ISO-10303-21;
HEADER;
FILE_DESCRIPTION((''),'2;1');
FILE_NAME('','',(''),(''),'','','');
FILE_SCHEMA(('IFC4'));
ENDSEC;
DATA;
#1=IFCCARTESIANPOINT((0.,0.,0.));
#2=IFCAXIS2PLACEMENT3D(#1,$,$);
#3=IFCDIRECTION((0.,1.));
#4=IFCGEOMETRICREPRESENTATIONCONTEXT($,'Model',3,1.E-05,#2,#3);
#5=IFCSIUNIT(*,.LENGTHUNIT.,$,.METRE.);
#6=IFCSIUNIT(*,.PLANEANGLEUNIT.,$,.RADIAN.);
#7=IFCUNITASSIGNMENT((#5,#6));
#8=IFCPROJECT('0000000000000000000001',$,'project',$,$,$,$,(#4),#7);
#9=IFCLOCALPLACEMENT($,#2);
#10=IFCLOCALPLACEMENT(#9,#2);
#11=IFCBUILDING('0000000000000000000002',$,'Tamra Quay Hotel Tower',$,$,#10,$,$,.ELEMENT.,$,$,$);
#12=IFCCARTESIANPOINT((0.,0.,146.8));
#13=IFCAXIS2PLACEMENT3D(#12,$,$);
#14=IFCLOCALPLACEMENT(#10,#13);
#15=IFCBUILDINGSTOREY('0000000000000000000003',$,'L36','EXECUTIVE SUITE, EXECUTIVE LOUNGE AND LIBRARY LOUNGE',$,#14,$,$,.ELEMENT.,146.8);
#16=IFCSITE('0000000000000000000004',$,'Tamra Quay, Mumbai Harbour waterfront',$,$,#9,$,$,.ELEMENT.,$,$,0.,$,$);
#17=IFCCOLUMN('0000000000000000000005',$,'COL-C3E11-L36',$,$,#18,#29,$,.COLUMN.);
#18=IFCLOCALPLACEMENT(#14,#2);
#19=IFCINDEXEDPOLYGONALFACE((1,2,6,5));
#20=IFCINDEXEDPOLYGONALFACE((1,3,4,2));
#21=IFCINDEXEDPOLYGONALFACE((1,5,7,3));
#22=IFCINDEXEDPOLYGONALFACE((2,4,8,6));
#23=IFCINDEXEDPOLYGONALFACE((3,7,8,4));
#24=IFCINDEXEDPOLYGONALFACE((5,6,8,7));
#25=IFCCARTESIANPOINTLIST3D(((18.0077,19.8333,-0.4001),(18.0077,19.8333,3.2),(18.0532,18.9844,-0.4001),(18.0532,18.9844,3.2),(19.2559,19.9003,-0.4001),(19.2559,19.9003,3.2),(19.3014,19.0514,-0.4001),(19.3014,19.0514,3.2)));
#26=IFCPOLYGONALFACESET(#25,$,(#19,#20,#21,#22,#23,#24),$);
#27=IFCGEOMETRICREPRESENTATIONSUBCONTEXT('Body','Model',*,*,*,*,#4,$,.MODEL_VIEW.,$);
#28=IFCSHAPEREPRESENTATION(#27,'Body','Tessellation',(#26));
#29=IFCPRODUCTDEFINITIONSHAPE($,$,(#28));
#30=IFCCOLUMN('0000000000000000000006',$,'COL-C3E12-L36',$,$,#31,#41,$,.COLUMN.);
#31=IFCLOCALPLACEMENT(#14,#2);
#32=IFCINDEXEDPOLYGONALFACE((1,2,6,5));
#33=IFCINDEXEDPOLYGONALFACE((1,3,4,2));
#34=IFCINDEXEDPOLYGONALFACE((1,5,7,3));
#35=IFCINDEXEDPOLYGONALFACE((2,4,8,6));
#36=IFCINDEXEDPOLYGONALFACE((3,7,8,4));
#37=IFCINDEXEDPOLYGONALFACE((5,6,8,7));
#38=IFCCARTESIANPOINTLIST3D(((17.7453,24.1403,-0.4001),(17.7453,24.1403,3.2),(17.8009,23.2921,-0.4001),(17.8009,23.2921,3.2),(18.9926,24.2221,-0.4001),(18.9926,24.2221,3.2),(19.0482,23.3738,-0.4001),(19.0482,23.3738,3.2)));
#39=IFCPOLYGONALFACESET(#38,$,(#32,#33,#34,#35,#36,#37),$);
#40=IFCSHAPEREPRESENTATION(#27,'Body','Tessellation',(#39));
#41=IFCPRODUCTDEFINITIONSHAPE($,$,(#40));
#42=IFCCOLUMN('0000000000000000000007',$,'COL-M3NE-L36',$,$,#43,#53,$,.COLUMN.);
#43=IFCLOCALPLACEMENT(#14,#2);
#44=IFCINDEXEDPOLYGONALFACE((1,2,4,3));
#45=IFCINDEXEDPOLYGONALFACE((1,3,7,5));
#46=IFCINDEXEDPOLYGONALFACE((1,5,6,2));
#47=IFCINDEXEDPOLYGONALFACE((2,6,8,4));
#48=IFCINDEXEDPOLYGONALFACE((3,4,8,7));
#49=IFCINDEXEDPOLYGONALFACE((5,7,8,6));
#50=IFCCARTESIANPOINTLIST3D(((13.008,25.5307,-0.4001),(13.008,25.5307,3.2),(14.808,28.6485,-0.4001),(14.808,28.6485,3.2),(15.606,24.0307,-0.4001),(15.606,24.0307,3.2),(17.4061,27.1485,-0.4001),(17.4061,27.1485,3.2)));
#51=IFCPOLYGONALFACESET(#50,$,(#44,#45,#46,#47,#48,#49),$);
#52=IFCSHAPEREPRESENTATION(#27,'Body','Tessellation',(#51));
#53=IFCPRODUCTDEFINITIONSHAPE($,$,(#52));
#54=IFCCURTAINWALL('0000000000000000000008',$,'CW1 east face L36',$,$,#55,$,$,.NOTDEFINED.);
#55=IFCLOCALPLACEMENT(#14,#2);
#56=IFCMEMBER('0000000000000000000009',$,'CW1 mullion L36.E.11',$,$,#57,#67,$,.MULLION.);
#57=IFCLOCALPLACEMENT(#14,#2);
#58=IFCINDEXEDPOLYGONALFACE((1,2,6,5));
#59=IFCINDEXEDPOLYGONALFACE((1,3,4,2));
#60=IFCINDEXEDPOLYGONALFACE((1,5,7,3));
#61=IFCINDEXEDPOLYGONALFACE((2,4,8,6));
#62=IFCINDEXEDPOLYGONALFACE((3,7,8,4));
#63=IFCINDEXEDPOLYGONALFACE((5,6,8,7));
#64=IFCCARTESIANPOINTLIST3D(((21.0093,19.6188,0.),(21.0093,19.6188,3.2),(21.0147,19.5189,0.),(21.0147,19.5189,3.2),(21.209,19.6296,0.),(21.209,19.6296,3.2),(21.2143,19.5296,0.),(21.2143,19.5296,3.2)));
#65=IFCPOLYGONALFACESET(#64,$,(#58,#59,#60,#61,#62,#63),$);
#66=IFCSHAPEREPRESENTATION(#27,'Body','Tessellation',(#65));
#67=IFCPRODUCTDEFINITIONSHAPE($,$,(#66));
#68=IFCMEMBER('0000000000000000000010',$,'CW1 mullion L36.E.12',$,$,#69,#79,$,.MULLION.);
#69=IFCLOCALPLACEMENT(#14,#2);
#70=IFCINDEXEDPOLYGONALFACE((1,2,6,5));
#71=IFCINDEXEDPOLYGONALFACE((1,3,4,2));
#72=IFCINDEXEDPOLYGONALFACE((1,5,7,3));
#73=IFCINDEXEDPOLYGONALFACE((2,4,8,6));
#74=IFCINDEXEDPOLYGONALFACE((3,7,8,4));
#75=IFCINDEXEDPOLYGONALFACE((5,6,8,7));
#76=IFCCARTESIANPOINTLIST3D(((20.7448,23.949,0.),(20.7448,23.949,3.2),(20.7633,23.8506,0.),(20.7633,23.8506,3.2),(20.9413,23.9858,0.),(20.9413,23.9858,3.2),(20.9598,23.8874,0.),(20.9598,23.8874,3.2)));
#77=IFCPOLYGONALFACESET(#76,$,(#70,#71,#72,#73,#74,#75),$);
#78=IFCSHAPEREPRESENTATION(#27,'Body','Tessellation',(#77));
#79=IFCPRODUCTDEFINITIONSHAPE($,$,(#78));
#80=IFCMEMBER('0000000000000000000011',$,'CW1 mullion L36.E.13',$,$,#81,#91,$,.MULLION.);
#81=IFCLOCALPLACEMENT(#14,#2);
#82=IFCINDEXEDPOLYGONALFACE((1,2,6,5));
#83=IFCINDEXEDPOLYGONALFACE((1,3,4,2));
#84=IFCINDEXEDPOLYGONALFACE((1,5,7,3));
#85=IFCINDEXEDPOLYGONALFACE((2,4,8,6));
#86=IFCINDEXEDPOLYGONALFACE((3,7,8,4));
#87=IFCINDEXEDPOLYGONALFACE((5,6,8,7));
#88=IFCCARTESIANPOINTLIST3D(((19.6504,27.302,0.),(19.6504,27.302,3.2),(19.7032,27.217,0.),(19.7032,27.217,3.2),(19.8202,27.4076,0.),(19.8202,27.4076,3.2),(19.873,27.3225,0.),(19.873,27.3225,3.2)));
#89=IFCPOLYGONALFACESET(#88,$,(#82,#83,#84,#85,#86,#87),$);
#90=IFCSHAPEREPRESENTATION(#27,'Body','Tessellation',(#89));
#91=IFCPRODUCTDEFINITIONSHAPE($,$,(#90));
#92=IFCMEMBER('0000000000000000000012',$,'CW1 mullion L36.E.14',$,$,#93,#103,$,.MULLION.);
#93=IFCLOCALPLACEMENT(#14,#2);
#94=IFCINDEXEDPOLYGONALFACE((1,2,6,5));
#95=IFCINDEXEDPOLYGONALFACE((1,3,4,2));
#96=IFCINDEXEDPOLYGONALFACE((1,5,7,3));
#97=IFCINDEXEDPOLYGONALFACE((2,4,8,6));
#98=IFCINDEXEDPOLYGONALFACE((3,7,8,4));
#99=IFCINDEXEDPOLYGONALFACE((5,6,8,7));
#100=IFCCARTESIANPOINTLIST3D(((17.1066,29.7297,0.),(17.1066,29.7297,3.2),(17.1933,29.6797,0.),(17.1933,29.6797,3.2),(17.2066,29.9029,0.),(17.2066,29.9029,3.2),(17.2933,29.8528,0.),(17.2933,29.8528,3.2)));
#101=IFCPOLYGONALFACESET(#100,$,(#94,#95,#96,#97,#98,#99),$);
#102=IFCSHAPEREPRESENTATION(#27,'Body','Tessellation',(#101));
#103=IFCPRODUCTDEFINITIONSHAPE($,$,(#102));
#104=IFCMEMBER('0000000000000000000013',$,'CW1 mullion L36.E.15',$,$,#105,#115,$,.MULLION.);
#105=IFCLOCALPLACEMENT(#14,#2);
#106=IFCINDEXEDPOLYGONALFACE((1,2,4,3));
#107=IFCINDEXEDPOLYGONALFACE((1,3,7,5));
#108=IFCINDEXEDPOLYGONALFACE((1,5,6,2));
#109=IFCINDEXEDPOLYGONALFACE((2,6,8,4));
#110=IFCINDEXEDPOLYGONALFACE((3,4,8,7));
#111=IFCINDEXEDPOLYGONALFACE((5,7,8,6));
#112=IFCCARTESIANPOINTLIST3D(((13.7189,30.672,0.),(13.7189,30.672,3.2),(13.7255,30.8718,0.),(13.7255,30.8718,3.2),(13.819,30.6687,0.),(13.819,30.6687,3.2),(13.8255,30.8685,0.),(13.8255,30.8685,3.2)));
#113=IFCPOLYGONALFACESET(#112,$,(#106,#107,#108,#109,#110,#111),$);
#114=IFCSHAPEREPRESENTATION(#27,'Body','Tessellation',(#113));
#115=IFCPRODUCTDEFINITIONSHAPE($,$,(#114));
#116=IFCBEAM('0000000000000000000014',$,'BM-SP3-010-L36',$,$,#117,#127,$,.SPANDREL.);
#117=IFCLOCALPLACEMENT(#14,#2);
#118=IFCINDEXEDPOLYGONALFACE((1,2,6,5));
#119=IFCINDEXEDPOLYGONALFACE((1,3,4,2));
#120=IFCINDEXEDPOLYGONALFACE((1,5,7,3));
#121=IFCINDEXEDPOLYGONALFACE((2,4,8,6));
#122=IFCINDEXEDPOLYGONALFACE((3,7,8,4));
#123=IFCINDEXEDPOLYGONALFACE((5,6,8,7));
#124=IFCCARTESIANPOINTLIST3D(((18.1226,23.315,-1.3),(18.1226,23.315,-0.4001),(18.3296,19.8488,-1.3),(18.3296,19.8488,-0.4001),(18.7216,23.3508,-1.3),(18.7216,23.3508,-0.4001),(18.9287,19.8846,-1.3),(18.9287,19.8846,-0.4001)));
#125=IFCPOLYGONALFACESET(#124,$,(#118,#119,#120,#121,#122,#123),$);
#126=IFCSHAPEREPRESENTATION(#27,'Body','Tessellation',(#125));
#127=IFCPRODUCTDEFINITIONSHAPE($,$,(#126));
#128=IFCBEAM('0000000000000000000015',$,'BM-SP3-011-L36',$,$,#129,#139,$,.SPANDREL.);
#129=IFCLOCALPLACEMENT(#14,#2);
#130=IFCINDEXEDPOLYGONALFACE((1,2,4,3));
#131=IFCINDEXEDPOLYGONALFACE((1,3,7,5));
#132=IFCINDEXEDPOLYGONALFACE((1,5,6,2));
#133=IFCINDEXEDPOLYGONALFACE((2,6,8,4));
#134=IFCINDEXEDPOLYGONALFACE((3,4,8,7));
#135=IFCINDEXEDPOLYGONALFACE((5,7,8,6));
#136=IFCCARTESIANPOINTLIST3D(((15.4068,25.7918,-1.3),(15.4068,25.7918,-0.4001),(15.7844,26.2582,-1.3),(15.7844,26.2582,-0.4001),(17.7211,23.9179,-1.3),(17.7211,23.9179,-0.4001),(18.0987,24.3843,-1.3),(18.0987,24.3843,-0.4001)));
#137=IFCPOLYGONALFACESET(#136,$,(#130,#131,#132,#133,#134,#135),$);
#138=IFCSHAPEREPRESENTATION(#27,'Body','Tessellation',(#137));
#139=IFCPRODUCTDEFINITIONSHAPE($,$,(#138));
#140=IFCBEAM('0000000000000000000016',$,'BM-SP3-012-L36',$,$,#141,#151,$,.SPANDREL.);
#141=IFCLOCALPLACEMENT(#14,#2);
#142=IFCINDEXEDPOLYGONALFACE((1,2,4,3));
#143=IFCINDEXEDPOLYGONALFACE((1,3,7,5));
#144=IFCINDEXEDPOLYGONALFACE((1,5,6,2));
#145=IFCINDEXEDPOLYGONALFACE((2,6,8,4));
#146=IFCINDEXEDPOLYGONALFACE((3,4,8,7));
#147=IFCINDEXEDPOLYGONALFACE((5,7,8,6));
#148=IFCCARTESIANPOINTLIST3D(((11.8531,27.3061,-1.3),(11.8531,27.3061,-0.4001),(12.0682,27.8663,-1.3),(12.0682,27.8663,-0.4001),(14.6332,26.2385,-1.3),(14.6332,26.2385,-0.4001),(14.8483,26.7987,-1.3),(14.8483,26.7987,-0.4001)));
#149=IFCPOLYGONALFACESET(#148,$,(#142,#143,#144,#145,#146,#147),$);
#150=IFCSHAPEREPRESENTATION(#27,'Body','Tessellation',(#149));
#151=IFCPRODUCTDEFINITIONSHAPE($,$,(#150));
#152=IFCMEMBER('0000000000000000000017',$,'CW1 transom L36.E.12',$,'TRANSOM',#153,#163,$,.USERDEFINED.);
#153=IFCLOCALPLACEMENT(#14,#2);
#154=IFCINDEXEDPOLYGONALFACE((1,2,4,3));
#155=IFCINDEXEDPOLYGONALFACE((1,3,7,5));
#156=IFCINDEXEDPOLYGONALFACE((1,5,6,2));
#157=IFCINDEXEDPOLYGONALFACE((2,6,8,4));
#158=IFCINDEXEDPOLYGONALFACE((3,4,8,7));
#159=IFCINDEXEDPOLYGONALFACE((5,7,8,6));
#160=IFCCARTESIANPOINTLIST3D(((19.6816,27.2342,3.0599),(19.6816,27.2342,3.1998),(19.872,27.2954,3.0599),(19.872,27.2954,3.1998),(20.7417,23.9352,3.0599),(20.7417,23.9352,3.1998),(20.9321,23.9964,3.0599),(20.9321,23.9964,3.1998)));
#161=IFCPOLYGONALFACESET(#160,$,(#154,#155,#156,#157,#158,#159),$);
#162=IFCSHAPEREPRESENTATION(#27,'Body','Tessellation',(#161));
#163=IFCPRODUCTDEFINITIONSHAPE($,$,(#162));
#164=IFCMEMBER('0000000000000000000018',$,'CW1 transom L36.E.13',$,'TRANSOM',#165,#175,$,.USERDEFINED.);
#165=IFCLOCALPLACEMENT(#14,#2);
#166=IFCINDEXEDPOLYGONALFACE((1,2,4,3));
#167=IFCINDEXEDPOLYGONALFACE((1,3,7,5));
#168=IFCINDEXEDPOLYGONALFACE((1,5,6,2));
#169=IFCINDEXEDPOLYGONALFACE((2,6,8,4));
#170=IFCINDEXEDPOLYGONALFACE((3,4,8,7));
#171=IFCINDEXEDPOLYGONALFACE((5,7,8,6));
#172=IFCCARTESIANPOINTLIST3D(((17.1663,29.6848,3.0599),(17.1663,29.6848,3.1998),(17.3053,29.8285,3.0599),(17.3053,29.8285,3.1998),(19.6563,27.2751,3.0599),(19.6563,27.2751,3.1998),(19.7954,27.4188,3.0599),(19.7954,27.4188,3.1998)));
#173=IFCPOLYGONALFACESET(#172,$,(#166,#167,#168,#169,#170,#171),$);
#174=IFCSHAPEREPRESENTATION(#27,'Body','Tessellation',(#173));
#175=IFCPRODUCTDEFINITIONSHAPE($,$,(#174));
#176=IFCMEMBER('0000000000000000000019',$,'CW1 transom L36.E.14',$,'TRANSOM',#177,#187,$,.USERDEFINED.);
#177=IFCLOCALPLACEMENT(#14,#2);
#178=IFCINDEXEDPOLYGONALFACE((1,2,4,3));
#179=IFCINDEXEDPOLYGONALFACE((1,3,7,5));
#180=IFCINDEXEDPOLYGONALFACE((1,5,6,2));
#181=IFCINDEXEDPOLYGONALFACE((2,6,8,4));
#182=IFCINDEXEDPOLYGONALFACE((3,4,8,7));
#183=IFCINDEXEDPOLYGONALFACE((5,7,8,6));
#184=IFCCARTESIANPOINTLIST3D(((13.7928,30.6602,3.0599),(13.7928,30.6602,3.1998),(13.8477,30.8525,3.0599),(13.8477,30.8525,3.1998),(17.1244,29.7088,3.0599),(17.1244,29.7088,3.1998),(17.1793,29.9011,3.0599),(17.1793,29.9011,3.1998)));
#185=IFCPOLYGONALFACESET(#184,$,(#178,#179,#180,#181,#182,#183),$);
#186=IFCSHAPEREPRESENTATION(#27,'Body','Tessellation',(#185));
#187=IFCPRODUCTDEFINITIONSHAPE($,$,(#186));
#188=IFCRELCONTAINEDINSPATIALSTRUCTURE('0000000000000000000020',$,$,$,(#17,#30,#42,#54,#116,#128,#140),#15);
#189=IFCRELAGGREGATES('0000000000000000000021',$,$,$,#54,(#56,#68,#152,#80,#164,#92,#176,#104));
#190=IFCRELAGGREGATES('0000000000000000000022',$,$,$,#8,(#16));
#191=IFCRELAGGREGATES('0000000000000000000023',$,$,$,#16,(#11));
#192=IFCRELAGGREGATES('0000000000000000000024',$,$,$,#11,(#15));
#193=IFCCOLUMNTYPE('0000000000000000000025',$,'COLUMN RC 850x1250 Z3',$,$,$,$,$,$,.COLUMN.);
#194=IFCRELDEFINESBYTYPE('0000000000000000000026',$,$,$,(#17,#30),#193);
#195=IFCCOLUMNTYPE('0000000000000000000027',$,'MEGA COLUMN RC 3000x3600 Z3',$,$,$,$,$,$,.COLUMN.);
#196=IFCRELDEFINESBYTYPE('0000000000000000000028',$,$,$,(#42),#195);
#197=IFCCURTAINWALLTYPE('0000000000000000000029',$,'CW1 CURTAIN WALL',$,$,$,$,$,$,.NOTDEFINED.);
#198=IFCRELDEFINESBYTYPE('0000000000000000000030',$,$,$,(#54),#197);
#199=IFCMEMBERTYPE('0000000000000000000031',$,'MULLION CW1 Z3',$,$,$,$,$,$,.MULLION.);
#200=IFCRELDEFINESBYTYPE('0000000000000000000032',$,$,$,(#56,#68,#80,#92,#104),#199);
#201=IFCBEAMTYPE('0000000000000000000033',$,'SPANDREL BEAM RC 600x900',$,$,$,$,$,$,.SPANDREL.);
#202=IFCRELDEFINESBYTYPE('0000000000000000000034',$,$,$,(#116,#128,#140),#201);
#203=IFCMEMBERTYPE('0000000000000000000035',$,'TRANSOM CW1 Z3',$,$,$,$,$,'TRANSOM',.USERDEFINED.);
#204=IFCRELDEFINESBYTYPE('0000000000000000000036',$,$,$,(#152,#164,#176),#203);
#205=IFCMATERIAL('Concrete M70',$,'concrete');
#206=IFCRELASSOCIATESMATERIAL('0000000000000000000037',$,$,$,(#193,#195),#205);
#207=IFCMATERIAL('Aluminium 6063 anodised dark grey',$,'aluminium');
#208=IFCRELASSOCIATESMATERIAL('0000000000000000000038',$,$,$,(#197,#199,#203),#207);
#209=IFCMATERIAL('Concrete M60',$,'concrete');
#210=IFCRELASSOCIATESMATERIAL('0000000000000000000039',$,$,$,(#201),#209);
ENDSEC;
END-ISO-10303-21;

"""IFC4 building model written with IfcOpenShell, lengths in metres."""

from ifc_helpers import new_model, si_unit, direction, frame, origin, origin_2d, place, context, subcontext, project, spatial, rectangle, extrude, material, material_profile, profile_set, type_object, element, aggregate, save


model = new_model("IFC4")

# Units and contexts
model_context = context("Model", 3, precision=1e-05, world=origin(), true_north=direction((0.0, 1.0)))
body_context = subcontext(model_context, "Body", "Model", "MODEL_VIEW")
ifc_project = project(units=[si_unit("LENGTHUNIT", "METRE"), si_unit("PLANEANGLEUNIT", "RADIAN")], contexts=[model_context])

# Site, building, storey
site_placement = place(None, origin())
site = spatial("IfcSite", under=ifc_project, at=site_placement, Name="Tamra Quay, Mumbai Harbour waterfront", CompositionType="ELEMENT", RefElevation=0.0)
building_placement = place(site_placement, origin())
building = spatial("IfcBuilding", under=site, at=building_placement, Name="Tamra Quay Hotel Tower", CompositionType="ELEMENT")
storey_placement = place(building_placement, frame((0.0, 0.0, 146.8)))
storey = spatial("IfcBuildingStorey", under=building, at=storey_placement, Name="L36", Description="EXECUTIVE SUITE, EXECUTIVE LOUNGE AND LIBRARY LOUNGE", CompositionType="ELEMENT", Elevation=146.8)

# Columns
ifc_material_1 = material(Name="Concrete M70", Category="concrete")
ifc_material_profile_1 = material_profile(ifc_material_1, rectangle(XDim=1.25, YDim=0.8501, at=origin_2d()), Name="COLUMN RC 850x1250 Z3")
ifc_profile_set_1 = profile_set([ifc_material_profile_1], Name="Concrete M70")
column_type_1 = type_object("IfcColumnType", Name="COLUMN RC 850x1250 Z3", PredefinedType="COLUMN", material=ifc_profile_set_1)
for number, where, z_axis, x_axis, name in (
    (1, (18.6545, 19.4424, -0.4001), (0.0, 0.0, 1.0), (0.998562, 0.053603, 0.0), "COL-C3E11-L36"),
    (2, (18.3967, 23.7571, -0.4001), (0.0, 0.0, 1.0), (0.997858, 0.065419, 0.0), "COL-C3E12-L36"),
):
    element("IfcColumn", number, at=place(storey_placement, frame(where, z_axis=z_axis, x_axis=x_axis)), inside=storey, type_object=column_type_1, Name=name, PredefinedType="COLUMN", context=body_context, shape_type="SweptSolid", body=[
        extrude(rectangle(XDim=1.25, YDim=0.8501, at=origin_2d()), origin(), (0.0, 0.0, 1.0), 3.6001),
    ])
ifc_material_profile_2 = material_profile(ifc_material_1, rectangle(XDim=3.6001, YDim=3.0, at=origin_2d()), Name="MEGA COLUMN RC 3000x3600 Z3")
ifc_profile_set_2 = profile_set([ifc_material_profile_2], Name="Concrete M70")
column_type_2 = type_object("IfcColumnType", Name="MEGA COLUMN RC 3000x3600 Z3", PredefinedType="COLUMN", material=ifc_profile_set_2)
column_placement = place(storey_placement, frame((15.207, 26.3396, -0.4001), z_axis=(0.0, 0.0, 1.0), x_axis=(0.5, 0.866025, 0.0)))
element("IfcColumn", 3, at=column_placement, inside=storey, type_object=column_type_2, Name="COL-M3NE-L36", PredefinedType="COLUMN", context=body_context, shape_type="SweptSolid", body=[
    extrude(rectangle(XDim=3.6001, YDim=3.0, at=origin_2d()), origin(), (0.0, 0.0, 1.0), 3.6001),
])

# Curtain wall, members
ifc_material_2 = material(Name="Aluminium 6063 anodised dark grey", Category="aluminium")
curtain_wall_type = type_object("IfcCurtainWallType", Name="CW1 CURTAIN WALL", PredefinedType="NOTDEFINED", material=ifc_material_2)
curtain_wall_placement = place(storey_placement, origin())
curtain_wall = element("IfcCurtainWall", 4, at=curtain_wall_placement, inside=storey, type_object=curtain_wall_type, Name="CW1 east face L36", PredefinedType="NOTDEFINED")
ifc_material_profile_3 = material_profile(ifc_material_2, rectangle(XDim=0.2, YDim=0.1001, at=origin_2d()), Name="MULLION 100X200")
ifc_profile_set_3 = profile_set([ifc_material_profile_3], Name="Aluminium 6063 anodised dark grey")
member_type_1 = type_object("IfcMemberType", Name="MULLION CW1 Z3", PredefinedType="MULLION", material=ifc_profile_set_3)
member_1_placement = place(storey_placement, frame((21.1118, 19.5742, 0.0), z_axis=(0.0, 0.0, 1.0), x_axis=(0.998557, 0.053695, 0.0)))
member_1 = element("IfcMember", 5, at=member_1_placement, type_object=member_type_1, Name="CW1 mullion L36.E.11", PredefinedType="MULLION", context=body_context, shape_type="SweptSolid", body=[
    extrude(rectangle(XDim=0.2, YDim=0.1001, at=origin_2d()), origin(), (0.0, 0.0, 1.0), 3.2),
])
member_2_placement = place(storey_placement, frame((20.8523, 23.9182, 0.0), z_axis=(0.0, 0.0, 1.0), x_axis=(0.982883, 0.18423, 0.0)))
member_2 = element("IfcMember", 6, at=member_2_placement, type_object=member_type_1, Name="CW1 mullion L36.E.12", PredefinedType="MULLION", context=body_context, shape_type="SweptSolid", body=[
    extrude(rectangle(XDim=0.2, YDim=0.1001, at=origin_2d()), origin(), (0.0, 0.0, 1.0), 3.2),
])
member_3_placement = place(storey_placement, frame((19.7617, 27.3123, 0.0), z_axis=(0.0, 0.0, 1.0), x_axis=(0.849198, 0.528075, 0.0)))
member_3 = element("IfcMember", 7, at=member_3_placement, type_object=member_type_1, Name="CW1 mullion L36.E.13", PredefinedType="MULLION", context=body_context, shape_type="SweptSolid", body=[
    extrude(rectangle(XDim=0.2, YDim=0.1001, at=origin_2d()), origin(), (0.0, 0.0, 1.0), 3.2),
])
member_4_placement = place(storey_placement, frame((17.2, 29.7913, 0.0), z_axis=(0.0, 0.0, 1.0), x_axis=(0.5, 0.866025, 0.0)))
member_4 = element("IfcMember", 8, at=member_4_placement, type_object=member_type_1, Name="CW1 mullion L36.E.14", PredefinedType="MULLION", context=body_context, shape_type="SweptSolid", body=[
    extrude(rectangle(XDim=0.2, YDim=0.1001, at=origin_2d()), origin(), (0.0, 0.0, 1.0), 3.2),
])
member_5_placement = place(storey_placement, frame((13.7722, 30.7703, 0.0), z_axis=(0.0, 0.0, 1.0), x_axis=(0.032727, 0.999464, 0.0)))
member_5 = element("IfcMember", 9, at=member_5_placement, type_object=member_type_1, Name="CW1 mullion L36.E.15", PredefinedType="MULLION", context=body_context, shape_type="SweptSolid", body=[
    extrude(rectangle(XDim=0.2, YDim=0.1001, at=origin_2d()), origin(), (0.0, 0.0, 1.0), 3.2),
])

# Beams
ifc_material_3 = material(Name="Concrete M60", Category="concrete")
ifc_material_profile_4 = material_profile(ifc_material_3, rectangle(XDim=0.6001, YDim=0.8999, at=origin_2d()), Name="SPANDREL BEAM RC 600x900")
ifc_profile_set_4 = profile_set([ifc_material_profile_4], Name="Concrete M60")
beam_type = type_object("IfcBeamType", Name="SPANDREL BEAM RC 600x900", PredefinedType="SPANDREL", material=ifc_profile_set_4)
beam_1_placement = place(storey_placement, frame((18.6292, 19.8667, -0.8501), z_axis=(-0.05962, 0.998221, 0.0), x_axis=(-0.998221, -0.05962, 0.0)))
element("IfcBeam", 10, at=beam_1_placement, inside=storey, type_object=beam_type, Name="BM-SP3-010-L36", PredefinedType="SPANDREL", context=body_context, shape_type="SweptSolid", body=[
    extrude(rectangle(XDim=0.6001, YDim=0.8999, at=origin_2d()), origin(), (0.0, 0.0, 1.0), 3.4724),
])
beam_2_placement = place(storey_placement, frame((17.9099, 24.1511, -0.8501), z_axis=(-0.777184, 0.629274, 0.0), x_axis=(-0.629274, -0.777184, 0.0)))
element("IfcBeam", 11, at=beam_2_placement, inside=storey, type_object=beam_type, Name="BM-SP3-011-L36", PredefinedType="SPANDREL", context=body_context, shape_type="SweptSolid", body=[
    extrude(rectangle(XDim=0.6001, YDim=0.8999, at=origin_2d()), origin(), (0.0, 0.0, 1.0), 2.9778),
])
beam_3_placement = place(storey_placement, frame((14.7407, 26.5186, -0.8501), z_axis=(-0.933527, 0.358507, 0.0), x_axis=(-0.358507, -0.933527, 0.0)))
element("IfcBeam", 12, at=beam_3_placement, inside=storey, type_object=beam_type, Name="BM-SP3-012-L36", PredefinedType="SPANDREL", context=body_context, shape_type="SweptSolid", body=[
    extrude(rectangle(XDim=0.6001, YDim=0.8999, at=origin_2d()), origin(), (0.0, 0.0, 1.0), 2.978),
])

# Members
ifc_material_profile_5 = material_profile(ifc_material_2, rectangle(XDim=0.2, YDim=0.1399, at=origin_2d()), Name="TRANSOM 200X140")
ifc_profile_set_5 = profile_set([ifc_material_profile_5], Name="Aluminium 6063 anodised dark grey")
member_type_2 = type_object("IfcMemberType", Name="TRANSOM CW1 Z3", ElementType="TRANSOM", PredefinedType="USERDEFINED", material=ifc_profile_set_5)
member_6_placement = place(storey_placement, frame((20.8369, 23.9658, 3.1299), z_axis=(-0.305936, 0.952052, 0.0), x_axis=(-0.952052, -0.305936, 0.0)))
member_6 = element("IfcMember", 13, at=member_6_placement, type_object=member_type_2, Name="CW1 transom L36.E.12", ObjectType="TRANSOM", PredefinedType="USERDEFINED", context=body_context, shape_type="SweptSolid", body=[
    extrude(rectangle(XDim=0.2, YDim=0.1399, at=origin_2d()), origin(), (0.0, 0.0, 1.0), 3.4651),
])
member_7_placement = place(storey_placement, frame((19.7258, 27.3469, 3.1299), z_axis=(-0.718602, 0.695421, 0.0), x_axis=(-0.695421, -0.718602, 0.0)))
member_7 = element("IfcMember", 14, at=member_7_placement, type_object=member_type_2, Name="CW1 transom L36.E.13", ObjectType="TRANSOM", PredefinedType="USERDEFINED", context=body_context, shape_type="SweptSolid", body=[
    extrude(rectangle(XDim=0.2, YDim=0.1399, at=origin_2d()), origin(), (0.0, 0.0, 1.0), 3.4651),
])
member_8_placement = place(storey_placement, frame((17.1519, 29.8049, 3.1299), z_axis=(-0.961559, 0.2746, 0.0), x_axis=(-0.2746, -0.961559, 0.0)))
member_8 = element("IfcMember", 15, at=member_8_placement, type_object=member_type_2, Name="CW1 transom L36.E.14", ObjectType="TRANSOM", PredefinedType="USERDEFINED", context=body_context, shape_type="SweptSolid", body=[
    extrude(rectangle(XDim=0.2, YDim=0.1399, at=origin_2d()), origin(), (0.0, 0.0, 1.0), 3.4648),
])

aggregate(curtain_wall, [member_1, member_2, member_6, member_3, member_7, member_4, member_8, member_5])

save(model, "model.ifc")
